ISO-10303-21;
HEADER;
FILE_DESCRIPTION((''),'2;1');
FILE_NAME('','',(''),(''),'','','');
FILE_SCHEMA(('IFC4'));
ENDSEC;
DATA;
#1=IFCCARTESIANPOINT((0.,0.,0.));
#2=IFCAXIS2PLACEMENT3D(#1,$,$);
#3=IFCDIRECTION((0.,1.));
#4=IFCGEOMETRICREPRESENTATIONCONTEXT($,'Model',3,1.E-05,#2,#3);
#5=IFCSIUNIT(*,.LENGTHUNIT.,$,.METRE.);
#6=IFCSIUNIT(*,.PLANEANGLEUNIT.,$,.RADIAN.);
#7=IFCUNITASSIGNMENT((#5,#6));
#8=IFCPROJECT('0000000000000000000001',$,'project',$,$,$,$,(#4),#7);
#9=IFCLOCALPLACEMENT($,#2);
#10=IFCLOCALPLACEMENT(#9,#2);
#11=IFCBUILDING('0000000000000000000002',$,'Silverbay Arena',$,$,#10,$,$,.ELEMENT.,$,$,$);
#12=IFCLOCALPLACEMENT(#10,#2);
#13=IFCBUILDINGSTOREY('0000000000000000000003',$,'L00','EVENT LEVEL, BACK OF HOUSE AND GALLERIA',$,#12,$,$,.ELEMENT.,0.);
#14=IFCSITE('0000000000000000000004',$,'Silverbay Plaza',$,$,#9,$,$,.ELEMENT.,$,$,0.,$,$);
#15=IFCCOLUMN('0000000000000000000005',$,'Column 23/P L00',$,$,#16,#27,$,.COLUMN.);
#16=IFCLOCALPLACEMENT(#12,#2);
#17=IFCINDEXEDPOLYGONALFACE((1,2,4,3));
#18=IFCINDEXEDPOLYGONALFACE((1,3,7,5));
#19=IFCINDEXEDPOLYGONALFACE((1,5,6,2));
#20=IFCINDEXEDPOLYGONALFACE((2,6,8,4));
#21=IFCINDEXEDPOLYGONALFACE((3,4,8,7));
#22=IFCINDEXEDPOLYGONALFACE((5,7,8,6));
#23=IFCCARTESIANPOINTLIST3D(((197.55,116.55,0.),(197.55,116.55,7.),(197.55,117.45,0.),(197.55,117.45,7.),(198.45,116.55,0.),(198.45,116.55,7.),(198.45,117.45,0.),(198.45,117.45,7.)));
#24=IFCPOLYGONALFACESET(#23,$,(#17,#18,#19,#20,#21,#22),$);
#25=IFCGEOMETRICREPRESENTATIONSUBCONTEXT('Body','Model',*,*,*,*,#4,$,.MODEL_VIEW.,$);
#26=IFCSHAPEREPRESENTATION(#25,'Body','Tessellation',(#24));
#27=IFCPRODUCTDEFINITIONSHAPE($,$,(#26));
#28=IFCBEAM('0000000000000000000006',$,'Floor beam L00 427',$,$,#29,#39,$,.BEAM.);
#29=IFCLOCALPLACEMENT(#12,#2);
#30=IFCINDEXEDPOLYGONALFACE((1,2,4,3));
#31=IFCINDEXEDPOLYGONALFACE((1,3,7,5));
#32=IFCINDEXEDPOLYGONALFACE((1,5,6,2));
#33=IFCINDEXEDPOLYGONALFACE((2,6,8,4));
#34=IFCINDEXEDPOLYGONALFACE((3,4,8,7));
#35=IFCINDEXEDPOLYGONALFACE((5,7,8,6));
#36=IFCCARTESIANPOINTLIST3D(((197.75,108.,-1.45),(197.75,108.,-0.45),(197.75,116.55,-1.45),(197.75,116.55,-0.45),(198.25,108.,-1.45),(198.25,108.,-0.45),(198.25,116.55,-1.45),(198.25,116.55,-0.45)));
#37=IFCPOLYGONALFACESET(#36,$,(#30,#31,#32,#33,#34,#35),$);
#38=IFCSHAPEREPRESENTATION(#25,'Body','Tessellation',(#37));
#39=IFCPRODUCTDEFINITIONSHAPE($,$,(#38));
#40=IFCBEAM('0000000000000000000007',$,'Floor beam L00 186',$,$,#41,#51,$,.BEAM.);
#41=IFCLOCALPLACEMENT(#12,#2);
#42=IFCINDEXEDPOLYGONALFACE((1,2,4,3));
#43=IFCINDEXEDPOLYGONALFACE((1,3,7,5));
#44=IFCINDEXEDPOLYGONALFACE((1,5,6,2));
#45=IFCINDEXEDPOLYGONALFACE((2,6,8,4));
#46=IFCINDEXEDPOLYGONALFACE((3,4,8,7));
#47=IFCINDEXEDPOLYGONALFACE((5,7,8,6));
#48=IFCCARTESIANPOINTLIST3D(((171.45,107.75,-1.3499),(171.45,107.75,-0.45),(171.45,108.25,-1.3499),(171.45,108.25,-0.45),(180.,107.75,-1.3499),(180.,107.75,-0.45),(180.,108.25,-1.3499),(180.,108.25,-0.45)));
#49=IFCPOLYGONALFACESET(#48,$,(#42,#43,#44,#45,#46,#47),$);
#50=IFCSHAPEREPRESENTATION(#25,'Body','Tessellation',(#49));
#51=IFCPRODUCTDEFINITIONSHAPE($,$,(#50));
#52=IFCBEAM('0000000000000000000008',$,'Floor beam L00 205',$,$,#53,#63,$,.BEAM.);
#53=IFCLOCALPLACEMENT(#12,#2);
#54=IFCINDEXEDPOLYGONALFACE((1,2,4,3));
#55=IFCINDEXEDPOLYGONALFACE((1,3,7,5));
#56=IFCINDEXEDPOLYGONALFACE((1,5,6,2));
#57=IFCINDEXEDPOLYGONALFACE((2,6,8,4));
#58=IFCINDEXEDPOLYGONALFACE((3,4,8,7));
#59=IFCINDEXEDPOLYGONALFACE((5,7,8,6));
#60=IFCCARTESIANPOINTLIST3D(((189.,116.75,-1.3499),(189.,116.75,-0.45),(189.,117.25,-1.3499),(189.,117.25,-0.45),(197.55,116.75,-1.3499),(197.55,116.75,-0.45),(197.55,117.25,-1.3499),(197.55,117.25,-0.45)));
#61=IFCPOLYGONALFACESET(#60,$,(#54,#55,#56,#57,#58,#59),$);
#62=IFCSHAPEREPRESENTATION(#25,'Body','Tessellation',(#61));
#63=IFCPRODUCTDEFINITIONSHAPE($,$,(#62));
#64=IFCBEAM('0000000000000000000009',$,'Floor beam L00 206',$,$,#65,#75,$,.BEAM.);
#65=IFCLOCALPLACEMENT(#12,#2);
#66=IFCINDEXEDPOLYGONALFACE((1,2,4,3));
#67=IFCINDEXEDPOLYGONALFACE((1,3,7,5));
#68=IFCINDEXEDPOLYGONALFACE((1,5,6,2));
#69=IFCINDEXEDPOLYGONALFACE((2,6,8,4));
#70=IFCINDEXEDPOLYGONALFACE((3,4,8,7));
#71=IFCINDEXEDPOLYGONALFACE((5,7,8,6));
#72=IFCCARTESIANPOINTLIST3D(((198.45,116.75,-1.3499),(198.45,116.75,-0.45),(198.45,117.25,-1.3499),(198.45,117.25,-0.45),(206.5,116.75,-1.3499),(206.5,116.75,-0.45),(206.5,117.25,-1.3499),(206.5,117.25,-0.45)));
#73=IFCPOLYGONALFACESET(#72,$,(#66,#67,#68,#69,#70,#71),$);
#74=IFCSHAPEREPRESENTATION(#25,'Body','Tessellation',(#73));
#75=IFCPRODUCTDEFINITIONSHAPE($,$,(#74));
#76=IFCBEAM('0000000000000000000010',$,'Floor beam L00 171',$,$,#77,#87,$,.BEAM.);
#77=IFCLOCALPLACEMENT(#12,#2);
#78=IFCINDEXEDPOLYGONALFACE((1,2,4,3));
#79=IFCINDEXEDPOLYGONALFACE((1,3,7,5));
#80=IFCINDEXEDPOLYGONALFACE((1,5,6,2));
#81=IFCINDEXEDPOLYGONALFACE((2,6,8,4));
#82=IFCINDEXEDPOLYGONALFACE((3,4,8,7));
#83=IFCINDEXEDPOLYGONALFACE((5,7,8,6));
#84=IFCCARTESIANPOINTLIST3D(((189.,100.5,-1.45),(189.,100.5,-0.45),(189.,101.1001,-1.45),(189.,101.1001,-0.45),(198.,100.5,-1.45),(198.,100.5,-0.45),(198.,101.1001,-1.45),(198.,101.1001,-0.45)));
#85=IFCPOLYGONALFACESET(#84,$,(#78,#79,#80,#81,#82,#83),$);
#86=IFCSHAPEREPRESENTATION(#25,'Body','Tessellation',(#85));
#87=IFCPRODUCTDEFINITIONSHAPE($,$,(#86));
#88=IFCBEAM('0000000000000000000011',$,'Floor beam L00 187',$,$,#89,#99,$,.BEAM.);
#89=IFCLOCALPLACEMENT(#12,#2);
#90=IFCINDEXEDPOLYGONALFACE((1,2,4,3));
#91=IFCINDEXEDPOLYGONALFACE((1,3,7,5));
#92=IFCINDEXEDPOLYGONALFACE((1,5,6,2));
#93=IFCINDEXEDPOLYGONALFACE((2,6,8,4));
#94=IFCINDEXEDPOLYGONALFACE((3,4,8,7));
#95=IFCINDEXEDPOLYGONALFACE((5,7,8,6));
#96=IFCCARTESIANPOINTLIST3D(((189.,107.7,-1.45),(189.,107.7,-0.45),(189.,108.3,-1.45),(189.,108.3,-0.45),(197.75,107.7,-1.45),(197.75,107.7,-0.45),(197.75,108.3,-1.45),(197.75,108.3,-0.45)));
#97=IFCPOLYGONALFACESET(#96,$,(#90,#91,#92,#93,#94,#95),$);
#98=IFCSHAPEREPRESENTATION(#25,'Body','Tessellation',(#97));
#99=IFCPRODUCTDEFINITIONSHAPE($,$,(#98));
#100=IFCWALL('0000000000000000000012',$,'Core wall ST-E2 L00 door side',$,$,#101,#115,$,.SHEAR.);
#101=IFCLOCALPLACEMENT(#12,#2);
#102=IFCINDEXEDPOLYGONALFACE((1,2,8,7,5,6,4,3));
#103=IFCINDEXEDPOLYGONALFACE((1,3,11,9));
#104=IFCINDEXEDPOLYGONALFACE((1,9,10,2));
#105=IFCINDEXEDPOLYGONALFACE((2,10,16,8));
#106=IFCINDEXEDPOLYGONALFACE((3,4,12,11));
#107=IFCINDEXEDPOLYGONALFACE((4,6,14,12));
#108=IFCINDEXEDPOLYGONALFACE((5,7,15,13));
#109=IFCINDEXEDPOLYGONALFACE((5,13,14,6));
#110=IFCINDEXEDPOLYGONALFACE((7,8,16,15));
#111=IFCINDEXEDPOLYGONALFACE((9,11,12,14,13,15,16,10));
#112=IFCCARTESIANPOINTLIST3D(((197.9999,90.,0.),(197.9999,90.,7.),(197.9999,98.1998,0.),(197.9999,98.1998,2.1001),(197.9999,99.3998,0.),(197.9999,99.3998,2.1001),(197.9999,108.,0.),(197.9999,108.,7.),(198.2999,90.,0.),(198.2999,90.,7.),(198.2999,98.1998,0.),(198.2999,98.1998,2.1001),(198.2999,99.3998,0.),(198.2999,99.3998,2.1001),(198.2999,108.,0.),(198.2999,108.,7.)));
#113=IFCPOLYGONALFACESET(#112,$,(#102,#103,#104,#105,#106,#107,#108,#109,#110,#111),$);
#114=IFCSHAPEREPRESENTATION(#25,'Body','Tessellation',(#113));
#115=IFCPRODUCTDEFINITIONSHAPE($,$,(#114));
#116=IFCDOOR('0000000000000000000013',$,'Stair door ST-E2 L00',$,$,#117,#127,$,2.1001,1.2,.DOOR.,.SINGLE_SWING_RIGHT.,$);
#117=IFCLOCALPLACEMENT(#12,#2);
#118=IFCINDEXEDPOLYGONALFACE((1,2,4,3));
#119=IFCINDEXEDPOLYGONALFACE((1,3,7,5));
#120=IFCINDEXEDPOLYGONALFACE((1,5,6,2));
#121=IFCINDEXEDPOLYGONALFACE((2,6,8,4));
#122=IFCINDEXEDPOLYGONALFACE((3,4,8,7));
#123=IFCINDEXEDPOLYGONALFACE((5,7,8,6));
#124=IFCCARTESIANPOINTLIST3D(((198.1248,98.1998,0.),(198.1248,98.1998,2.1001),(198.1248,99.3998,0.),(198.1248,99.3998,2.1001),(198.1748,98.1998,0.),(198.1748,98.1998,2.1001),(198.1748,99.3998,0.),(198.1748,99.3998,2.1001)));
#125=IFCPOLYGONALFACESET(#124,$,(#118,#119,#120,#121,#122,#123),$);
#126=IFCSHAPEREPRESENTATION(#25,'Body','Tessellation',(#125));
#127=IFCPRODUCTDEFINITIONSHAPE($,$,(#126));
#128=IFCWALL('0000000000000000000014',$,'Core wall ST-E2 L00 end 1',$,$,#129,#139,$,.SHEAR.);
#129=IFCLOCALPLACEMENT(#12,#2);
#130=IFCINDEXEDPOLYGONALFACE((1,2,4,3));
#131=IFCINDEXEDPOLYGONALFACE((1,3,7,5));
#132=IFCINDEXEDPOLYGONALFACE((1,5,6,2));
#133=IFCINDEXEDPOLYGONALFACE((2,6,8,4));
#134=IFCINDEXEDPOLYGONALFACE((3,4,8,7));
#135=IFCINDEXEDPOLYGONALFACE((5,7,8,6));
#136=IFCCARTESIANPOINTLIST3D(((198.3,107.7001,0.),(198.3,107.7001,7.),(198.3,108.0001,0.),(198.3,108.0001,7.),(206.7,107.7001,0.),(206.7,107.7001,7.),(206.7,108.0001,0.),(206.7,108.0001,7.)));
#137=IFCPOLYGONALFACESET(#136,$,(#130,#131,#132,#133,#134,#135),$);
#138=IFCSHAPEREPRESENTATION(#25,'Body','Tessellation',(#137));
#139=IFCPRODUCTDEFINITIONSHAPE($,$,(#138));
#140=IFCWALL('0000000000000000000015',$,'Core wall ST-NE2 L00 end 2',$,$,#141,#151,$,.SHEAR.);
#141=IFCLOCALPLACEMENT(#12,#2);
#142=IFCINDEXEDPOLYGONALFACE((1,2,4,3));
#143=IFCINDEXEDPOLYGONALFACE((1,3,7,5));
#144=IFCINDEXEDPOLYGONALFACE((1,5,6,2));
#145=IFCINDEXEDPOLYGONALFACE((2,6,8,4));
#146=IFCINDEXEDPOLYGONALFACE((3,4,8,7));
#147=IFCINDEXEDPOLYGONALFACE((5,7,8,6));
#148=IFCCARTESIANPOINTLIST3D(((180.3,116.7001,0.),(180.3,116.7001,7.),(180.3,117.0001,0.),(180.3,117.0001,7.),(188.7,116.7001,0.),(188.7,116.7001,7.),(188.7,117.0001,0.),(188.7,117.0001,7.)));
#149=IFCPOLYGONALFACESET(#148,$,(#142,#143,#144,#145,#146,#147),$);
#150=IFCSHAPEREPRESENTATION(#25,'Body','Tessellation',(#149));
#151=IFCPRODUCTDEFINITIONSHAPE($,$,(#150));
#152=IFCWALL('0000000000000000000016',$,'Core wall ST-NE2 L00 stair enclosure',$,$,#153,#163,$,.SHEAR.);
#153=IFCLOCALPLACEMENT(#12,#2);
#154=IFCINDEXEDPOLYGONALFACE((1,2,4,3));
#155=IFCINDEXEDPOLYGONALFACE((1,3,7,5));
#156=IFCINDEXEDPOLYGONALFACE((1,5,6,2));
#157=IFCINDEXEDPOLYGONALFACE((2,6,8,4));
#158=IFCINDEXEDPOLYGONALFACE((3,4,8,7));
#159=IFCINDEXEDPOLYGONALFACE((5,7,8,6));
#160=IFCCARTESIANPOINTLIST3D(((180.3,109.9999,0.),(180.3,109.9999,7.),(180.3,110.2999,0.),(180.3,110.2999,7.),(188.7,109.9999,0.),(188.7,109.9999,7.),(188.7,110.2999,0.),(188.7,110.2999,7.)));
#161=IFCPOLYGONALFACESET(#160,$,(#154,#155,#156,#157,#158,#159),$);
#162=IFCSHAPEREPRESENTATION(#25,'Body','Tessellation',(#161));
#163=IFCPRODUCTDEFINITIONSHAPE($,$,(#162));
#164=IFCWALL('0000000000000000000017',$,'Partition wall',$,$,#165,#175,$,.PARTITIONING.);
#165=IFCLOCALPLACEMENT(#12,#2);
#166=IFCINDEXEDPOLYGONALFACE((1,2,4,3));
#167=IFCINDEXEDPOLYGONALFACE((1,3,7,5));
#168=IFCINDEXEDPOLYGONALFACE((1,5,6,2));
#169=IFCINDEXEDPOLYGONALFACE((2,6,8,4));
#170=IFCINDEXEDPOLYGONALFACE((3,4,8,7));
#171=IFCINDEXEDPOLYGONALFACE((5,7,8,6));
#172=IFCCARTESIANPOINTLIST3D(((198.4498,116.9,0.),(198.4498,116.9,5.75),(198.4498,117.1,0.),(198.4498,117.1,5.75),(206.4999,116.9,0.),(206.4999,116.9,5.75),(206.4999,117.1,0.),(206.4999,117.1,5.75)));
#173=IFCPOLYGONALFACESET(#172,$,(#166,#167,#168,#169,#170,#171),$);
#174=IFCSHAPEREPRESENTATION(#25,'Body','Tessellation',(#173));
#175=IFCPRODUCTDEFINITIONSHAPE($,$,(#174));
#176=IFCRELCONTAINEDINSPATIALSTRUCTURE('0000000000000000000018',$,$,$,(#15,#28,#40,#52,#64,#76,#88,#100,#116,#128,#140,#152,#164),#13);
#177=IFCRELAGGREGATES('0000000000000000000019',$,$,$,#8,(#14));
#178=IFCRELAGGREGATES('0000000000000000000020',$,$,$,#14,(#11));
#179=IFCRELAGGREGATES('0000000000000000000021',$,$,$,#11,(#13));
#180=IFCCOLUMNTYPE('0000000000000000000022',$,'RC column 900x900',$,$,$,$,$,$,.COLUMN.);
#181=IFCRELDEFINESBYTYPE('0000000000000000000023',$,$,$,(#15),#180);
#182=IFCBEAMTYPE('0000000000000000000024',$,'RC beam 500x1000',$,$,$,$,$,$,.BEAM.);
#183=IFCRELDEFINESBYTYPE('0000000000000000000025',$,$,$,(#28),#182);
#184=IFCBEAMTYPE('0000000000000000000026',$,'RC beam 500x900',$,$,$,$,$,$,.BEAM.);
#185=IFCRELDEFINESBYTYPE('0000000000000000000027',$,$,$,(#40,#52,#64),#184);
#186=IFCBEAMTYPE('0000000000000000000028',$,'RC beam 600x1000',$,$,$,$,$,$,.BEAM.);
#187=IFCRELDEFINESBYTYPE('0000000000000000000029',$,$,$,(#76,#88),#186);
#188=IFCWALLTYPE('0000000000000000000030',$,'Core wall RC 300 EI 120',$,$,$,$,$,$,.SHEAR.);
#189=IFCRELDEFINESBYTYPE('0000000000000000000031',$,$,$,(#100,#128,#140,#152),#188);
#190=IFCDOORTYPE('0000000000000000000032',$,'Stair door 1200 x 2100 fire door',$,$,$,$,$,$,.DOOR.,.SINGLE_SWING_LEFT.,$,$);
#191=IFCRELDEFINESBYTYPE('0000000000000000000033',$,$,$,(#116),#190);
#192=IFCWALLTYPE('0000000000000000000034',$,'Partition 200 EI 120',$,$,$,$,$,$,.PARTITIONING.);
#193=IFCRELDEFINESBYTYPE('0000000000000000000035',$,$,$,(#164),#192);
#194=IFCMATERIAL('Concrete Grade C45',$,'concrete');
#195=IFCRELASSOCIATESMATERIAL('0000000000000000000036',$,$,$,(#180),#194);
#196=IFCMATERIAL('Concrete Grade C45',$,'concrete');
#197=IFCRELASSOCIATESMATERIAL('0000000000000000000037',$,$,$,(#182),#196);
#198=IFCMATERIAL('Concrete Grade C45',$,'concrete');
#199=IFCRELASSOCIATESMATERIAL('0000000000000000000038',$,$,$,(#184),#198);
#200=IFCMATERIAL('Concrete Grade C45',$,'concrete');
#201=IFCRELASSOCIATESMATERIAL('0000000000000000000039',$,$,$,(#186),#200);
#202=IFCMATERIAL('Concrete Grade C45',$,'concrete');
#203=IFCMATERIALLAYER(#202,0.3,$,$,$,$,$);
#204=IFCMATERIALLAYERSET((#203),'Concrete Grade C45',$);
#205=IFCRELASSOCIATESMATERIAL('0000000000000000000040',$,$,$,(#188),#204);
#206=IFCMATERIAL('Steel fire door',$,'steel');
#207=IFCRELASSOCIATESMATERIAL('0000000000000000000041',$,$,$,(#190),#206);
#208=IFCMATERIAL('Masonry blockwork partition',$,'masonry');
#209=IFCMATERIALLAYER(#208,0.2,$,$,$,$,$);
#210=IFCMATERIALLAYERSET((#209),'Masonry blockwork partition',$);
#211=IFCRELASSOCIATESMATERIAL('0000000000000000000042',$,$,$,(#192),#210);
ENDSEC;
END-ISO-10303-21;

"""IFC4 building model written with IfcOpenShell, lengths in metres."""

from ifc_helpers import new_model, si_unit, direction, frame, frame_2d, origin, origin_2d, place, context, subcontext, project, spatial, rectangle, extrude, material, layer, layer_set, material_profile, profile_set, type_object, element, fill, save


model = new_model("IFC4")

# Units and contexts
model_context = context("Model", 3, precision=1e-05, world=origin(), true_north=direction((0.0, 1.0)))
body_context = subcontext(model_context, "Body", "Model", "MODEL_VIEW")
ifc_project = project(units=[si_unit("LENGTHUNIT", "METRE"), si_unit("PLANEANGLEUNIT", "RADIAN")], contexts=[model_context])

# Site, building, storey
site_placement = place(None, origin())
site = spatial("IfcSite", under=ifc_project, at=site_placement, Name="Silverbay Plaza", CompositionType="ELEMENT", RefElevation=0.0)
building_placement = place(site_placement, origin())
building = spatial("IfcBuilding", under=site, at=building_placement, Name="Silverbay Arena", CompositionType="ELEMENT")
storey_placement = place(building_placement, origin())
storey = spatial("IfcBuildingStorey", under=building, at=storey_placement, Name="L00", Description="EVENT LEVEL, BACK OF HOUSE AND GALLERIA", CompositionType="ELEMENT", Elevation=0.0)

# Column
ifc_material_1 = material(Name="Concrete Grade C45", Category="concrete")
ifc_material_profile_1 = material_profile(ifc_material_1, rectangle(XDim=0.8999, YDim=0.8999, at=origin_2d()), Name="RC 900x900")
ifc_profile_set_1 = profile_set([ifc_material_profile_1], Name="Concrete Grade C45")
column_type = type_object("IfcColumnType", Name="RC column 900x900", PredefinedType="COLUMN", material=ifc_profile_set_1)
column_placement = place(storey_placement, frame((198.0, 117.0, 0.0), z_axis=(0.0, 0.0, 1.0), x_axis=(1.0, 0.0, 0.0)))
element("IfcColumn", 1, at=column_placement, inside=storey, type_object=column_type, Name="Column 23/P L00", PredefinedType="COLUMN", context=body_context, shape_type="SweptSolid", body=[
    extrude(rectangle(XDim=0.8999, YDim=0.8999, at=origin_2d()), origin(), (0.0, 0.0, 1.0), 7.0),
])

# Beams
ifc_material_2 = material(Name="Concrete Grade C45", Category="concrete")
ifc_material_profile_2 = material_profile(ifc_material_2, rectangle(XDim=0.5, YDim=1.0, at=origin_2d()), Name="RC 500x1000")
ifc_profile_set_2 = profile_set([ifc_material_profile_2], Name="Concrete Grade C45")
beam_type_1 = type_object("IfcBeamType", Name="RC beam 500x1000", PredefinedType="BEAM", material=ifc_profile_set_2)
beam_1_placement = place(storey_placement, frame((198.0, 108.0, -0.95), z_axis=(0.0, 1.0, 0.0), x_axis=(-1.0, 0.0, 0.0)))
element("IfcBeam", 2, at=beam_1_placement, inside=storey, type_object=beam_type_1, Name="Floor beam L00 427", PredefinedType="BEAM", context=body_context, shape_type="SweptSolid", body=[
    extrude(rectangle(XDim=0.5, YDim=1.0, at=origin_2d()), origin(), (0.0, 0.0, 1.0), 8.55),
])
ifc_material_3 = material(Name="Concrete Grade C45", Category="concrete")
ifc_material_profile_3 = material_profile(ifc_material_3, rectangle(XDim=0.5, YDim=0.8999, at=origin_2d()), Name="RC 500x900")
ifc_profile_set_3 = profile_set([ifc_material_profile_3], Name="Concrete Grade C45")
beam_type_2 = type_object("IfcBeamType", Name="RC beam 500x900", PredefinedType="BEAM", material=ifc_profile_set_3)
for number, where, z_axis, x_axis, name in (
    (3, (171.45, 108.0, -0.8999), (1.0, 0.0, 0.0), (0.0, 1.0, 0.0), "Floor beam L00 186"),
    (4, (189.0, 117.0, -0.8999), (1.0, 0.0, 0.0), (0.0, 1.0, 0.0), "Floor beam L00 205"),
):
    element("IfcBeam", number, at=place(storey_placement, frame(where, z_axis=z_axis, x_axis=x_axis)), inside=storey, type_object=beam_type_2, Name=name, PredefinedType="BEAM", context=body_context, shape_type="SweptSolid", body=[
        extrude(rectangle(XDim=0.5, YDim=0.8999, at=origin_2d()), origin(), (0.0, 0.0, 1.0), 8.55),
    ])
beam_2_placement = place(storey_placement, frame((198.45, 117.0, -0.8999), z_axis=(1.0, 0.0, 0.0), x_axis=(0.0, 1.0, 0.0)))
element("IfcBeam", 5, at=beam_2_placement, inside=storey, type_object=beam_type_2, Name="Floor beam L00 206", PredefinedType="BEAM", context=body_context, shape_type="SweptSolid", body=[
    extrude(rectangle(XDim=0.5, YDim=0.8999, at=origin_2d()), origin(), (0.0, 0.0, 1.0), 8.05),
])
ifc_material_4 = material(Name="Concrete Grade C45", Category="concrete")
ifc_material_profile_4 = material_profile(ifc_material_4, rectangle(XDim=0.6001, YDim=1.0, at=origin_2d()), Name="RC 600x1000")
ifc_profile_set_4 = profile_set([ifc_material_profile_4], Name="Concrete Grade C45")
beam_type_3 = type_object("IfcBeamType", Name="RC beam 600x1000", PredefinedType="BEAM", material=ifc_profile_set_4)
beam_3_placement = place(storey_placement, frame((189.0, 100.8, -0.95), z_axis=(1.0, 0.0, 0.0), x_axis=(0.0, 1.0, 0.0)))
element("IfcBeam", 6, at=beam_3_placement, inside=storey, type_object=beam_type_3, Name="Floor beam L00 171", PredefinedType="BEAM", context=body_context, shape_type="SweptSolid", body=[
    extrude(rectangle(XDim=0.6001, YDim=1.0, at=origin_2d()), origin(), (0.0, 0.0, 1.0), 9.0),
])
beam_4_placement = place(storey_placement, frame((189.0, 108.0, -0.95), z_axis=(1.0, 0.0, 0.0), x_axis=(0.0, 1.0, 0.0)))
element("IfcBeam", 7, at=beam_4_placement, inside=storey, type_object=beam_type_3, Name="Floor beam L00 187", PredefinedType="BEAM", context=body_context, shape_type="SweptSolid", body=[
    extrude(rectangle(XDim=0.6001, YDim=1.0, at=origin_2d()), origin(), (0.0, 0.0, 1.0), 8.75),
])

# Wall, opening, door
ifc_material_5 = material(Name="Concrete Grade C45", Category="concrete")
ifc_layer_1 = layer(ifc_material_5, 0.3)
ifc_layer_set_1 = layer_set([ifc_layer_1], Name="Concrete Grade C45")
wall_type_1 = type_object("IfcWallType", Name="Core wall RC 300 EI 120", PredefinedType="SHEAR", material=ifc_layer_set_1)
wall_1_placement = place(storey_placement, frame((198.1499, 108.0, 0.0), z_axis=(0.0, 0.0, 1.0), x_axis=(0.0, -1.0, 0.0)))
wall_1 = element("IfcWall", 8, at=wall_1_placement, inside=storey, type_object=wall_type_1, Name="Core wall ST-E2 L00 door side", PredefinedType="SHEAR", context=body_context, shape_type="SweptSolid", body=[
    extrude(rectangle(XDim=18.0, YDim=0.3, at=frame_2d((9.0, 0.0))), origin(), (0.0, 0.0, 1.0), 7.0),
])
opening_1_placement = place(wall_1_placement, frame((8.6001, 0.0, 0.0)))
opening_1 = element("IfcOpeningElement", 9, at=opening_1_placement, cuts=wall_1, PredefinedType="OPENING", context=body_context, shape_type="SweptSolid", body=[
    extrude(rectangle(XDim=1.2, YDim=2.1001, at=frame_2d((0.6001, 1.05))), frame((0.0, 0.1602, 0.0), z_axis=(0.0, -1.0, 0.0), x_axis=(1.0, 0.0, 0.0)), (0.0, 0.0, 1.0), 0.3201),
])
ifc_material_6 = material(Name="Steel fire door", Category="steel")
door_type_1 = type_object("IfcDoorType", Name="Stair door 1200 x 2100 fire door", OperationType="SINGLE_SWING_LEFT", PredefinedType="DOOR", material=ifc_material_6)
door_1_placement = place(opening_1_placement, origin())
door_1 = element("IfcDoor", 10, at=door_1_placement, inside=storey, type_object=door_type_1, Name="Stair door ST-E2 L00", OperationType="SINGLE_SWING_RIGHT", OverallHeight=2.1001, OverallWidth=1.2, PredefinedType="DOOR", context=body_context, shape_type="SweptSolid", body=[
    extrude(rectangle(XDim=1.2, YDim=2.1001, at=frame_2d((0.6001, 1.05))), frame((0.0, 0.0249, 0.0), z_axis=(0.0, -1.0, 0.0), x_axis=(1.0, 0.0, 0.0)), (0.0, 0.0, 1.0), 0.05),
])
fill(opening_1, door_1)

# Walls
for number, where, z_axis, x_axis, name in (
    (11, (198.3, 107.8501, 0.0), (0.0, 0.0, 1.0), (1.0, 0.0, 0.0), "Core wall ST-E2 L00 end 1"),
    (12, (180.3, 116.8501, 0.0), (0.0, 0.0, 1.0), (1.0, 0.0, 0.0), "Core wall ST-NE2 L00 end 2"),
    (13, (180.3, 110.1499, 0.0), (0.0, 0.0, 1.0), (1.0, 0.0, 0.0), "Core wall ST-NE2 L00 stair enclosure"),
):
    element("IfcWall", number, at=place(storey_placement, frame(where, z_axis=z_axis, x_axis=x_axis)), inside=storey, type_object=wall_type_1, Name=name, PredefinedType="SHEAR", context=body_context, shape_type="SweptSolid", body=[
        extrude(rectangle(XDim=8.3999, YDim=0.3, at=frame_2d((4.2, 0.0))), origin(), (0.0, 0.0, 1.0), 7.0),
    ])
ifc_material_7 = material(Name="Masonry blockwork partition", Category="masonry")
ifc_layer_2 = layer(ifc_material_7, 0.2)
ifc_layer_set_2 = layer_set([ifc_layer_2], Name="Masonry blockwork partition")
wall_type_2 = type_object("IfcWallType", Name="Partition 200 EI 120", PredefinedType="PARTITIONING", material=ifc_layer_set_2)
wall_2_placement = place(storey_placement, frame((198.45, 117.0, 0.0), z_axis=(0.0, 0.0, 1.0), x_axis=(1.0, 0.0, 0.0)))
element("IfcWall", 14, at=wall_2_placement, inside=storey, type_object=wall_type_2, Name="Partition wall", PredefinedType="PARTITIONING", context=body_context, shape_type="SweptSolid", body=[
    extrude(rectangle(XDim=8.05, YDim=0.2, at=frame_2d((4.0249, 0.0))), origin(), (0.0, 0.0, 1.0), 5.75),
])

save(model, "model.ifc")
